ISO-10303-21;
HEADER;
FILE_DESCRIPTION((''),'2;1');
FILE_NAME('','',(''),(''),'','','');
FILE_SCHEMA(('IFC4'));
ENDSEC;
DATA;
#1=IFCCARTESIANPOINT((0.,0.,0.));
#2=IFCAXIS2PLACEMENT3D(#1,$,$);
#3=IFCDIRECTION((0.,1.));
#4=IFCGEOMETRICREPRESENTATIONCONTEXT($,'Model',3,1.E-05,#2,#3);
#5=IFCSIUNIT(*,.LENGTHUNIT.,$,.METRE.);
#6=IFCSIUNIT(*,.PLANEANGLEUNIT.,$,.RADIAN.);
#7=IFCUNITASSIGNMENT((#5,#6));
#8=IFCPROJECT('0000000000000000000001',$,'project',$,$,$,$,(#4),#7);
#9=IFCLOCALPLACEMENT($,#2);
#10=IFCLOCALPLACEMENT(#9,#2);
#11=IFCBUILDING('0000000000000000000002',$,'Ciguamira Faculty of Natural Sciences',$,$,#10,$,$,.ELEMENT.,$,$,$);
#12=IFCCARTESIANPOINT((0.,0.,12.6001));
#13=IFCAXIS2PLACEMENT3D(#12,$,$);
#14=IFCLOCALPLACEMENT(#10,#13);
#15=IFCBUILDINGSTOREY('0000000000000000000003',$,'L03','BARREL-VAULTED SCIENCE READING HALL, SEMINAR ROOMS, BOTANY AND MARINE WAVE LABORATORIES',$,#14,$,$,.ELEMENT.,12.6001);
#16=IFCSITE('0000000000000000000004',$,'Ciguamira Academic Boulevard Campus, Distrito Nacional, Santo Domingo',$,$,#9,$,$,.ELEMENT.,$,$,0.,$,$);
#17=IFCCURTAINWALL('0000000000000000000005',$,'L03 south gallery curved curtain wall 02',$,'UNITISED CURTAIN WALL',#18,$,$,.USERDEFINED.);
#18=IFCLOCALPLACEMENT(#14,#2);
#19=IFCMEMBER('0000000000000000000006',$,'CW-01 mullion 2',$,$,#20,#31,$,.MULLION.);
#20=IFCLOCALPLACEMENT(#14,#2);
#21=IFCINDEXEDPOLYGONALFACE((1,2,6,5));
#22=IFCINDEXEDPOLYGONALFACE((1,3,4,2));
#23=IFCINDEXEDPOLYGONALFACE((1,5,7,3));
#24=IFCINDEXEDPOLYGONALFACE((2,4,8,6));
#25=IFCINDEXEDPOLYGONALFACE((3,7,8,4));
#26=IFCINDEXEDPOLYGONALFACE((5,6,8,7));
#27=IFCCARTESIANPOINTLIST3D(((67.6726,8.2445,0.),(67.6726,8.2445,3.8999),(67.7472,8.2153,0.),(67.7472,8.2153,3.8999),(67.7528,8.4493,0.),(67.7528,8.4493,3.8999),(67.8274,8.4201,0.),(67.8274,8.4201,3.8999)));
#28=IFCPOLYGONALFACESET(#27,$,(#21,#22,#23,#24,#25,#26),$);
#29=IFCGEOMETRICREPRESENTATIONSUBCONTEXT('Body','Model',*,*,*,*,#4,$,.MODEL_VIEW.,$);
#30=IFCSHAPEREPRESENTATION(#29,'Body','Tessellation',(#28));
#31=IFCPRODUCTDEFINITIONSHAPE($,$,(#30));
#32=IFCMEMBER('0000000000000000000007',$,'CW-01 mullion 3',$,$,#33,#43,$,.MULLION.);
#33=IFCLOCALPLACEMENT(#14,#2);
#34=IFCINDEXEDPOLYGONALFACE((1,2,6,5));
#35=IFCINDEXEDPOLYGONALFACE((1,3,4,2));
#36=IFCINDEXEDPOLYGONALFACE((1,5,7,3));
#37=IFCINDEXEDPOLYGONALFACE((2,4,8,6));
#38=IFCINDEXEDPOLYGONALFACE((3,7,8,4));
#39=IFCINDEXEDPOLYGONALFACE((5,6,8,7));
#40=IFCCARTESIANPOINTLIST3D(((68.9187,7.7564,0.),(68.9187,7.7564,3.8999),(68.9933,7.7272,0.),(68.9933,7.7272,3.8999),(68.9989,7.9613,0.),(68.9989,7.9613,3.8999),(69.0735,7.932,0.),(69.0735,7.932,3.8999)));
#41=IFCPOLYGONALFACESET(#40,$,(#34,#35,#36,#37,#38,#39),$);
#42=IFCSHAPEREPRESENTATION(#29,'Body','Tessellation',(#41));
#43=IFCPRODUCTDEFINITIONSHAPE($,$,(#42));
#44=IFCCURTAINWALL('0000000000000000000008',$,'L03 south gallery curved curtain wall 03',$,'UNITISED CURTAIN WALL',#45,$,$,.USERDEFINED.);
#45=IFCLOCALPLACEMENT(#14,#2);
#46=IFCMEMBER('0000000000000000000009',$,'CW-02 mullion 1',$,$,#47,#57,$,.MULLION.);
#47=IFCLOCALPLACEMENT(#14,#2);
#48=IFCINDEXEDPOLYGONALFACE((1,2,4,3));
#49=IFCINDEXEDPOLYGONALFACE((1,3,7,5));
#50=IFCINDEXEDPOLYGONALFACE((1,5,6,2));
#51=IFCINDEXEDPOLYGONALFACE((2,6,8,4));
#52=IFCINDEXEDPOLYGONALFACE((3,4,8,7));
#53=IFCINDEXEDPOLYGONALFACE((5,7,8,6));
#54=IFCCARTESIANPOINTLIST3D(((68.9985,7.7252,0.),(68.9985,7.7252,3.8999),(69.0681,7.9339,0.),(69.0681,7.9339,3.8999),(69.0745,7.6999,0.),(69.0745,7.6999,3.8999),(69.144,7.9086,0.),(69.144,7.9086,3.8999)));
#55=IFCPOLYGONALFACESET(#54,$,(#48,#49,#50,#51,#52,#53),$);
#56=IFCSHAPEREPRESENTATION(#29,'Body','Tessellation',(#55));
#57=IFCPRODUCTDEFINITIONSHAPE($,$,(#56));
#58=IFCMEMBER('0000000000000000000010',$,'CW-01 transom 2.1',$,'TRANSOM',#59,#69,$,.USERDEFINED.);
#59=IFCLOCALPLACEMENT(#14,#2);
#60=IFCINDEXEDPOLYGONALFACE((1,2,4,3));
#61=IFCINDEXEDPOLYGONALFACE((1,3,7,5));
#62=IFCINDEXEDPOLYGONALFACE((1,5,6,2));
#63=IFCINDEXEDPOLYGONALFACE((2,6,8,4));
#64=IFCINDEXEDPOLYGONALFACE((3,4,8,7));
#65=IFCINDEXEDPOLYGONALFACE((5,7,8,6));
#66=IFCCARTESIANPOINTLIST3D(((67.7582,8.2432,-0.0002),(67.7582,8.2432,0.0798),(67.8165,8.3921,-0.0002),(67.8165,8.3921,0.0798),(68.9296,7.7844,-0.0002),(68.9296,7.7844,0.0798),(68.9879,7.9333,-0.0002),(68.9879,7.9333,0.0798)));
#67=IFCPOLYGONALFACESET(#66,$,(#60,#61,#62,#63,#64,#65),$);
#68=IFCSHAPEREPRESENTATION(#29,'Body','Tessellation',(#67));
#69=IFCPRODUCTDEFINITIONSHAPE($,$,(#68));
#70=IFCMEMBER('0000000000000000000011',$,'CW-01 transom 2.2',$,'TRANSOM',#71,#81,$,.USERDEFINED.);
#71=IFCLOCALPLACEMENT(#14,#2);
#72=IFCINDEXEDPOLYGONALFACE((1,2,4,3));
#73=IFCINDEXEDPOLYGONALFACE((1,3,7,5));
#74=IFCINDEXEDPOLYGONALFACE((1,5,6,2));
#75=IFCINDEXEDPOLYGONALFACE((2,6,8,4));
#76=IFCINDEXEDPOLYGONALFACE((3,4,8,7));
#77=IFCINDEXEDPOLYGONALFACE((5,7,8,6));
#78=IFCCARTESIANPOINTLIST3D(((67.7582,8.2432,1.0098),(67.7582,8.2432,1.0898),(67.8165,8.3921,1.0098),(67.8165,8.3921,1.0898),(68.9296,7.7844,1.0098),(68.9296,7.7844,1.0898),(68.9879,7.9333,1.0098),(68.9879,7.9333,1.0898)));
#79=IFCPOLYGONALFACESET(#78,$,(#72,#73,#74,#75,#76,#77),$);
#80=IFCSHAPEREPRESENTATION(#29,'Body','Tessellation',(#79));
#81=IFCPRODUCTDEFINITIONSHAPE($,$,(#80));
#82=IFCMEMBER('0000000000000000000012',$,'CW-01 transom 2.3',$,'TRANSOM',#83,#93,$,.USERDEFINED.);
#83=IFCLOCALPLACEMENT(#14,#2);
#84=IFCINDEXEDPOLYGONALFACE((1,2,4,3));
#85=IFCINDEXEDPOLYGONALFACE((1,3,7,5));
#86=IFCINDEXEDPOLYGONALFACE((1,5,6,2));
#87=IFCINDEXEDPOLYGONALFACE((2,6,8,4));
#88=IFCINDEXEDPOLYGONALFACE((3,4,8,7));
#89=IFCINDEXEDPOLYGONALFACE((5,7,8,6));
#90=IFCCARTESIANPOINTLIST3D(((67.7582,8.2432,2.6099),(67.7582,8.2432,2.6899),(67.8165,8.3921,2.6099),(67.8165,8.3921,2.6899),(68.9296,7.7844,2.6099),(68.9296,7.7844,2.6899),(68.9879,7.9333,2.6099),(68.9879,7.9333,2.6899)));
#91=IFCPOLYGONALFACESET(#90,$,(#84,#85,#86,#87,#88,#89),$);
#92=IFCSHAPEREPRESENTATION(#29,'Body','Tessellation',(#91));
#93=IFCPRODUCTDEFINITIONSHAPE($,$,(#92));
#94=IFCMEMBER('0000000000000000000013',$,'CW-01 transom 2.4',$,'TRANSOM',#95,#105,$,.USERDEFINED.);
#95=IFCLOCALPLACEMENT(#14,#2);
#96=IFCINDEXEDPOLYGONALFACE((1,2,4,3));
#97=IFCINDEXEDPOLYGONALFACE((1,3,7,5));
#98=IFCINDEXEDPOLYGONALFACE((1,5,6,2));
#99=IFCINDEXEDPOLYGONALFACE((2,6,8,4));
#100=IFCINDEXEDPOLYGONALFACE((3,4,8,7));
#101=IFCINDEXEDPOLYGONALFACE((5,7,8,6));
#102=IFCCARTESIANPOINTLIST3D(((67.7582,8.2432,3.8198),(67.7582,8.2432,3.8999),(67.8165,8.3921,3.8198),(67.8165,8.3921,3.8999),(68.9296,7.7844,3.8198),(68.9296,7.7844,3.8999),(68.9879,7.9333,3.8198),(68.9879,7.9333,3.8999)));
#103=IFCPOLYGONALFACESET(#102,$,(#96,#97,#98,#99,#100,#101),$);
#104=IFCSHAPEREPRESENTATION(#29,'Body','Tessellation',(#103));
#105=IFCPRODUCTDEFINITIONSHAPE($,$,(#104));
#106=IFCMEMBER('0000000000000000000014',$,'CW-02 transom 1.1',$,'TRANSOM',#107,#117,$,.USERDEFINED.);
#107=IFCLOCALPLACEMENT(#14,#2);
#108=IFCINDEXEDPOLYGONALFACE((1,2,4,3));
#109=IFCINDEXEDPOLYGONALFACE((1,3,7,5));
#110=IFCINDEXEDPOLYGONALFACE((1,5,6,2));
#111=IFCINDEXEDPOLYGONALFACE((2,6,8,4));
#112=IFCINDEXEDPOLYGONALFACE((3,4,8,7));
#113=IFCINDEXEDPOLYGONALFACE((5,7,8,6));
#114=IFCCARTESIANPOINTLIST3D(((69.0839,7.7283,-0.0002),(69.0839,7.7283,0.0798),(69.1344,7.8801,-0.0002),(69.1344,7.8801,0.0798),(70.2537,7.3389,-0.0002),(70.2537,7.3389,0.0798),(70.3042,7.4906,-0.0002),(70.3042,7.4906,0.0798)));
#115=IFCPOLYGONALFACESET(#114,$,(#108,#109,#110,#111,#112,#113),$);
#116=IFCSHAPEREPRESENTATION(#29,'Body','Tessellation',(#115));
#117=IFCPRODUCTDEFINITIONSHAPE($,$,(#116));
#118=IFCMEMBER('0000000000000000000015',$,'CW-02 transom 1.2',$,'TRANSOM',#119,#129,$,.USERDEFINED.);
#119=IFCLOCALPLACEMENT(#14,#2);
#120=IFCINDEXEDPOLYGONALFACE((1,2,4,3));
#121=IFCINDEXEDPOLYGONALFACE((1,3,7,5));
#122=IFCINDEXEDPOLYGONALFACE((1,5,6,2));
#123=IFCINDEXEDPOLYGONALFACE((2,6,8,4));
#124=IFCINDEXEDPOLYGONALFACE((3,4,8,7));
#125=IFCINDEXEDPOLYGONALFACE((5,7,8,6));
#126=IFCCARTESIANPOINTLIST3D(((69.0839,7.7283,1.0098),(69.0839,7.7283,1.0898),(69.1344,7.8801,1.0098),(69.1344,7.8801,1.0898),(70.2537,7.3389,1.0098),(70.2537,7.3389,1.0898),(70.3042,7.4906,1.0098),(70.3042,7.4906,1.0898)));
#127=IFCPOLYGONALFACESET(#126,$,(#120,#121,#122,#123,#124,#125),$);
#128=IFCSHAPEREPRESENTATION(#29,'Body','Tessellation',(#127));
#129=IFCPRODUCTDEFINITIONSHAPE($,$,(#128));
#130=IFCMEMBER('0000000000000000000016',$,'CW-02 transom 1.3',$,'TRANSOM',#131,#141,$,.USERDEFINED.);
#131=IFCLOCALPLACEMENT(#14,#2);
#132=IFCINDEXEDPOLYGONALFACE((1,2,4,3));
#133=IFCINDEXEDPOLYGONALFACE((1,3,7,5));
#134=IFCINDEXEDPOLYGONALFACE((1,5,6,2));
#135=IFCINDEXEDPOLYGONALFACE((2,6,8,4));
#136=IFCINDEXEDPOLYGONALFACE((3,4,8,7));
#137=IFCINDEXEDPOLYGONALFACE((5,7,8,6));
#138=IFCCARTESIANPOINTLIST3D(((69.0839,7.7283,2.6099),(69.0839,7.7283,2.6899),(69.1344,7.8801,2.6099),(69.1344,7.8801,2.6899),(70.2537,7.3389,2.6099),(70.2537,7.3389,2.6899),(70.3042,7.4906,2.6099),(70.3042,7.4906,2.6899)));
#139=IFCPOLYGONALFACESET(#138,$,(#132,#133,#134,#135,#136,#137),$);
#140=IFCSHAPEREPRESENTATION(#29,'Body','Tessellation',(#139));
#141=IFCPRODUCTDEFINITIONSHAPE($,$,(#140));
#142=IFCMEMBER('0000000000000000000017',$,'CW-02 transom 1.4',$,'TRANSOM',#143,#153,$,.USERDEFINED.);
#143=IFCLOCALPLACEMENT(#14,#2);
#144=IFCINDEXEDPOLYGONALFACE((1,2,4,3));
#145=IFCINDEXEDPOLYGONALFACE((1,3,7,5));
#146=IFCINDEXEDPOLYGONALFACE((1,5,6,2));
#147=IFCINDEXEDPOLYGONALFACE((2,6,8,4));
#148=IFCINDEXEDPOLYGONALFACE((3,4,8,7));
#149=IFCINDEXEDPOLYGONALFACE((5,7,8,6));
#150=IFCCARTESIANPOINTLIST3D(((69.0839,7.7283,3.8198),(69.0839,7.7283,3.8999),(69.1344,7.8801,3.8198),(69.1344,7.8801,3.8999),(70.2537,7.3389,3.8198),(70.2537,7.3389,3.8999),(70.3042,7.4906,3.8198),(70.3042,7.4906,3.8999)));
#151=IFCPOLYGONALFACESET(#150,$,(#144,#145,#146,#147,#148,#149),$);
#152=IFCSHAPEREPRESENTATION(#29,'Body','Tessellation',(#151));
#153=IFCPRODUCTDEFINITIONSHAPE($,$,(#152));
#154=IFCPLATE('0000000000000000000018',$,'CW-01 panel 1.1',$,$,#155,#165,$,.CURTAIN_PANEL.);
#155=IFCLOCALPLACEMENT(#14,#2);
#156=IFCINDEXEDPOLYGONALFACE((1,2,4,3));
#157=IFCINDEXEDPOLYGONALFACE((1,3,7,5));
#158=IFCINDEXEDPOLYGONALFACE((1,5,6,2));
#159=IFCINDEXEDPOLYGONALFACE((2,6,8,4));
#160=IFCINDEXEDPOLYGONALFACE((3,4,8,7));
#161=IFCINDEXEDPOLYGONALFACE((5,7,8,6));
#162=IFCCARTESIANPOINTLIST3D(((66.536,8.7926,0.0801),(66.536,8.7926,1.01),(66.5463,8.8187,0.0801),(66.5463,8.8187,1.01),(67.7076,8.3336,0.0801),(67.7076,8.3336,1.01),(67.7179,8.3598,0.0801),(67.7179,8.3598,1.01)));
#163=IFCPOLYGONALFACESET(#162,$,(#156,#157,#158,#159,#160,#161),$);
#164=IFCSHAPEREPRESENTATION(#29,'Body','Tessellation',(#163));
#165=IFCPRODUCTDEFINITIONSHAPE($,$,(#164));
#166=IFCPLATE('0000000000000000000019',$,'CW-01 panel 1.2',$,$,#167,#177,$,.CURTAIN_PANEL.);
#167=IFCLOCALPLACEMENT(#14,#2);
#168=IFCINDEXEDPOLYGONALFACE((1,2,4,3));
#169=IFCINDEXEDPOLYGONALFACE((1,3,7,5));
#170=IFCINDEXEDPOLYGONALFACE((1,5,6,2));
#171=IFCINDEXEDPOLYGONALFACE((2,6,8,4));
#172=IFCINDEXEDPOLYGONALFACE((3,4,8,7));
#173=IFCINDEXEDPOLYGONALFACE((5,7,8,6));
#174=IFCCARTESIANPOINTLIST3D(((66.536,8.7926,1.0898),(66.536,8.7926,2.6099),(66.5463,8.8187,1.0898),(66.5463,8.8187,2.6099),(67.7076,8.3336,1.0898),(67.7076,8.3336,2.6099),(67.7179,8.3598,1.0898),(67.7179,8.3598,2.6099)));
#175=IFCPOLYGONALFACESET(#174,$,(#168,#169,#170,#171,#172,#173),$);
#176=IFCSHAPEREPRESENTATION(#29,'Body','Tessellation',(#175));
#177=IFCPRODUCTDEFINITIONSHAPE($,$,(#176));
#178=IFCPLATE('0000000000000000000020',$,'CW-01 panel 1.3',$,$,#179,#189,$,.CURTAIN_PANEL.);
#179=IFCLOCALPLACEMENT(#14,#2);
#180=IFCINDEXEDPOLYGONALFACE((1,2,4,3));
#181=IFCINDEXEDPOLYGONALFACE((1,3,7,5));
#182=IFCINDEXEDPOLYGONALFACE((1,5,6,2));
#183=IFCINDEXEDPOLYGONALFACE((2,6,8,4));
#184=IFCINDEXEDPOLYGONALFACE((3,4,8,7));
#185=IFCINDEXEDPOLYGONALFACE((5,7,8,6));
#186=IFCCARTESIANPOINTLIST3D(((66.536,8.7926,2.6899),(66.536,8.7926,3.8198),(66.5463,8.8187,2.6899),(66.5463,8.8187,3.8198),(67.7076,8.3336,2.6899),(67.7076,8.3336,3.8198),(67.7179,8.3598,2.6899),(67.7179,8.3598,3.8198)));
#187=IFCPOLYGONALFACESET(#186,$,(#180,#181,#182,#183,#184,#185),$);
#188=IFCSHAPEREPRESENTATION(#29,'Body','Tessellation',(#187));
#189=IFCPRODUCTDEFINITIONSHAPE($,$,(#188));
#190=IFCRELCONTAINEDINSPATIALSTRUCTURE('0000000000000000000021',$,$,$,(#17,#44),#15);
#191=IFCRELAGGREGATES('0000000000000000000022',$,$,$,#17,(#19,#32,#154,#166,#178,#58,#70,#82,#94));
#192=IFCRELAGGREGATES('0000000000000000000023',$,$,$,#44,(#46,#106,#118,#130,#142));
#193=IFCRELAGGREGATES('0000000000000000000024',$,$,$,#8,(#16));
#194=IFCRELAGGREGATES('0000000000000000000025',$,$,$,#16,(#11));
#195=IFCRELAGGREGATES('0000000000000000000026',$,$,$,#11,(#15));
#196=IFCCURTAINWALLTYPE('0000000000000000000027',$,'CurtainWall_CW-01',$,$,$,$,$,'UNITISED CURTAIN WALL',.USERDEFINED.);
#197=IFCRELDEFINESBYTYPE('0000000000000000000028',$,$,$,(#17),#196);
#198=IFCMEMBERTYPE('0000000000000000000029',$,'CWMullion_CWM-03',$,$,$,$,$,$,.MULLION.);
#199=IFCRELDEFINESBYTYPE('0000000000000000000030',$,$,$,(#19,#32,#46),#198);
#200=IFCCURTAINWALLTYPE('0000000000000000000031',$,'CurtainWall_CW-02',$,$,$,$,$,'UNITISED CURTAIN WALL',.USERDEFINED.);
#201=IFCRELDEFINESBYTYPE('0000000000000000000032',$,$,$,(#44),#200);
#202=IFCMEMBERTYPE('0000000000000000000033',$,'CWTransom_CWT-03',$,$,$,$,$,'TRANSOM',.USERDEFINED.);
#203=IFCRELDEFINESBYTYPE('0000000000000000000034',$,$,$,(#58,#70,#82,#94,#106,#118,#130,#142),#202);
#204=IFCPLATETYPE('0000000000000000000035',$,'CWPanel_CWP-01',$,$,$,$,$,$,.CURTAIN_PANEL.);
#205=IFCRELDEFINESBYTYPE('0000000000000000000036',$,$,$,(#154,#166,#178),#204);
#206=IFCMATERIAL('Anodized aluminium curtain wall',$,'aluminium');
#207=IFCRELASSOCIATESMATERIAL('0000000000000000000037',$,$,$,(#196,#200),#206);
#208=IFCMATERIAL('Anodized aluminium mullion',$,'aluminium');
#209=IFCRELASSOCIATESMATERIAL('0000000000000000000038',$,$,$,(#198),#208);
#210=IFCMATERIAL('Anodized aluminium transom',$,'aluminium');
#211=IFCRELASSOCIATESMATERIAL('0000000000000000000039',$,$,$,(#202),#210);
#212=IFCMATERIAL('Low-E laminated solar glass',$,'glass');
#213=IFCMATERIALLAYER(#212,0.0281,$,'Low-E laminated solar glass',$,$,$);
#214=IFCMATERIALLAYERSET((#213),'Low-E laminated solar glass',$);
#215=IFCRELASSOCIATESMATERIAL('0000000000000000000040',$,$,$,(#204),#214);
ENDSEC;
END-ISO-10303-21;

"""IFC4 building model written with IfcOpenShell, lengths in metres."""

from ifc_helpers import new_model, si_unit, direction, frame, origin, origin_2d, place, context, subcontext, project, spatial, rectangle, extrude, material, layer, layer_set, material_profile, profile_set, type_object, element, aggregate, save


model = new_model("IFC4")

# Units and contexts
model_context = context("Model", 3, precision=1e-05, world=origin(), true_north=direction((0.0, 1.0)))
body_context = subcontext(model_context, "Body", "Model", "MODEL_VIEW")
ifc_project = project(units=[si_unit("LENGTHUNIT", "METRE"), si_unit("PLANEANGLEUNIT", "RADIAN")], contexts=[model_context])

# Site, building, storey
site_placement = place(None, origin())
site = spatial("IfcSite", under=ifc_project, at=site_placement, Name="Ciguamira Academic Boulevard Campus, Distrito Nacional, Santo Domingo", CompositionType="ELEMENT", RefElevation=0.0)
building_placement = place(site_placement, origin())
building = spatial("IfcBuilding", under=site, at=building_placement, Name="Ciguamira Faculty of Natural Sciences", CompositionType="ELEMENT")
storey_placement = place(building_placement, frame((0.0, 0.0, 12.6001)))
storey = spatial("IfcBuildingStorey", under=building, at=storey_placement, Name="L03", Description="BARREL-VAULTED SCIENCE READING HALL, SEMINAR ROOMS, BOTANY AND MARINE WAVE LABORATORIES", CompositionType="ELEMENT", Elevation=12.6001)

# Curtain wall, members
ifc_material_1 = material(Name="Anodized aluminium curtain wall", Category="aluminium")
curtain_wall_type_1 = type_object("IfcCurtainWallType", Name="CurtainWall_CW-01", ElementType="UNITISED CURTAIN WALL", PredefinedType="USERDEFINED", material=ifc_material_1)
curtain_wall_1_placement = place(storey_placement, origin())
curtain_wall_1 = element("IfcCurtainWall", 1, at=curtain_wall_1_placement, inside=storey, type_object=curtain_wall_type_1, Name="L03 south gallery curved curtain wall 02", ObjectType="UNITISED CURTAIN WALL", PredefinedType="USERDEFINED")
ifc_material_2 = material(Name="Anodized aluminium mullion", Category="aluminium")
ifc_material_profile_1 = material_profile(ifc_material_2, rectangle(XDim=0.0801, YDim=0.22, at=origin_2d()), Name="ALU-MUL-80X220")
ifc_profile_set_1 = profile_set([ifc_material_profile_1], Name="Anodized aluminium mullion")
member_type_1 = type_object("IfcMemberType", Name="CWMullion_CWM-03", PredefinedType="MULLION", material=ifc_profile_set_1)
member_1_placement = place(storey_placement, frame((67.75, 8.3323, 0.0), z_axis=(0.0, 0.0, 1.0), x_axis=(0.931122, -0.364707, 0.0)))
member_1 = element("IfcMember", 2, at=member_1_placement, type_object=member_type_1, Name="CW-01 mullion 2", PredefinedType="MULLION", context=body_context, shape_type="SweptSolid", body=[
    extrude(rectangle(XDim=0.0801, YDim=0.22, at=origin_2d()), origin(), (0.0, 0.0, 1.0), 3.8999),
])
member_2_placement = place(storey_placement, frame((68.9961, 7.8442, 0.0), z_axis=(0.0, 0.0, 1.0), x_axis=(0.931122, -0.364707, 0.0)))
member_2 = element("IfcMember", 3, at=member_2_placement, type_object=member_type_1, Name="CW-01 mullion 3", PredefinedType="MULLION", context=body_context, shape_type="SweptSolid", body=[
    extrude(rectangle(XDim=0.0801, YDim=0.22, at=origin_2d()), origin(), (0.0, 0.0, 1.0), 3.8999),
])

# Curtain wall, member
curtain_wall_type_2 = type_object("IfcCurtainWallType", Name="CurtainWall_CW-02", ElementType="UNITISED CURTAIN WALL", PredefinedType="USERDEFINED", material=ifc_material_1)
curtain_wall_2_placement = place(storey_placement, origin())
curtain_wall_2 = element("IfcCurtainWall", 4, at=curtain_wall_2_placement, inside=storey, type_object=curtain_wall_type_2, Name="L03 south gallery curved curtain wall 03", ObjectType="UNITISED CURTAIN WALL", PredefinedType="USERDEFINED")
member_3_placement = place(storey_placement, frame((69.0713, 7.8169, 0.0), z_axis=(0.0, 0.0, 1.0), x_axis=(0.948735, -0.316073, 0.0)))
member_3 = element("IfcMember", 5, at=member_3_placement, type_object=member_type_1, Name="CW-02 mullion 1", PredefinedType="MULLION", context=body_context, shape_type="SweptSolid", body=[
    extrude(rectangle(XDim=0.0801, YDim=0.22, at=origin_2d()), origin(), (0.0, 0.0, 1.0), 3.8999),
])

# Members
ifc_material_3 = material(Name="Anodized aluminium transom", Category="aluminium")
ifc_material_profile_2 = material_profile(ifc_material_3, rectangle(XDim=0.0801, YDim=0.1599, at=origin_2d()), Name="ALU-TRN-80X160")
ifc_profile_set_2 = profile_set([ifc_material_profile_2], Name="Anodized aluminium transom")
member_type_2 = type_object("IfcMemberType", Name="CWTransom_CWT-03", ElementType="TRANSOM", PredefinedType="USERDEFINED", material=ifc_profile_set_2)
member_4_placement = place(storey_placement, frame((67.7874, 8.3176, 0.0398), z_axis=(0.931143, -0.364655, 0.0), x_axis=(0.0, 0.0, 1.0)))
member_4 = element("IfcMember", 6, at=member_4_placement, type_object=member_type_2, Name="CW-01 transom 2.1", ObjectType="TRANSOM", PredefinedType="USERDEFINED", context=body_context, shape_type="SweptSolid", body=[
    extrude(rectangle(XDim=0.0801, YDim=0.1599, at=origin_2d()), origin(), (0.0, 0.0, 1.0), 1.2581),
])
member_5_placement = place(storey_placement, frame((67.7874, 8.3176, 1.0498), z_axis=(0.931143, -0.364655, 0.0), x_axis=(0.0, 0.0, 1.0)))
member_5 = element("IfcMember", 7, at=member_5_placement, type_object=member_type_2, Name="CW-01 transom 2.2", ObjectType="TRANSOM", PredefinedType="USERDEFINED", context=body_context, shape_type="SweptSolid", body=[
    extrude(rectangle(XDim=0.0801, YDim=0.1599, at=origin_2d()), origin(), (0.0, 0.0, 1.0), 1.2581),
])
member_6_placement = place(storey_placement, frame((67.7874, 8.3176, 2.6499), z_axis=(0.931143, -0.364655, 0.0), x_axis=(0.0, 0.0, 1.0)))
member_6 = element("IfcMember", 8, at=member_6_placement, type_object=member_type_2, Name="CW-01 transom 2.3", ObjectType="TRANSOM", PredefinedType="USERDEFINED", context=body_context, shape_type="SweptSolid", body=[
    extrude(rectangle(XDim=0.0801, YDim=0.1599, at=origin_2d()), origin(), (0.0, 0.0, 1.0), 1.2581),
])
member_7_placement = place(storey_placement, frame((67.7874, 8.3176, 3.8599), z_axis=(0.931143, -0.364655, 0.0), x_axis=(0.0, 0.0, 1.0)))
member_7 = element("IfcMember", 9, at=member_7_placement, type_object=member_type_2, Name="CW-01 transom 2.4", ObjectType="TRANSOM", PredefinedType="USERDEFINED", context=body_context, shape_type="SweptSolid", body=[
    extrude(rectangle(XDim=0.0801, YDim=0.1599, at=origin_2d()), origin(), (0.0, 0.0, 1.0), 1.2581),
])
member_8_placement = place(storey_placement, frame((69.1091, 7.8042, 0.0398), z_axis=(0.948802, -0.315871, 0.0), x_axis=(0.0, 0.0, 1.0)))
member_8 = element("IfcMember", 10, at=member_8_placement, type_object=member_type_2, Name="CW-02 transom 1.1", ObjectType="TRANSOM", PredefinedType="USERDEFINED", context=body_context, shape_type="SweptSolid", body=[
    extrude(rectangle(XDim=0.0801, YDim=0.1599, at=origin_2d()), origin(), (0.0, 0.0, 1.0), 1.2329),
])
member_9_placement = place(storey_placement, frame((69.1091, 7.8042, 1.0498), z_axis=(0.948802, -0.315871, 0.0), x_axis=(0.0, 0.0, 1.0)))
member_9 = element("IfcMember", 11, at=member_9_placement, type_object=member_type_2, Name="CW-02 transom 1.2", ObjectType="TRANSOM", PredefinedType="USERDEFINED", context=body_context, shape_type="SweptSolid", body=[
    extrude(rectangle(XDim=0.0801, YDim=0.1599, at=origin_2d()), origin(), (0.0, 0.0, 1.0), 1.2329),
])
member_10_placement = place(storey_placement, frame((69.1091, 7.8042, 2.6499), z_axis=(0.948802, -0.315871, 0.0), x_axis=(0.0, 0.0, 1.0)))
member_10 = element("IfcMember", 12, at=member_10_placement, type_object=member_type_2, Name="CW-02 transom 1.3", ObjectType="TRANSOM", PredefinedType="USERDEFINED", context=body_context, shape_type="SweptSolid", body=[
    extrude(rectangle(XDim=0.0801, YDim=0.1599, at=origin_2d()), origin(), (0.0, 0.0, 1.0), 1.2329),
])
member_11_placement = place(storey_placement, frame((69.1091, 7.8042, 3.8599), z_axis=(0.948802, -0.315871, 0.0), x_axis=(0.0, 0.0, 1.0)))
member_11 = element("IfcMember", 13, at=member_11_placement, type_object=member_type_2, Name="CW-02 transom 1.4", ObjectType="TRANSOM", PredefinedType="USERDEFINED", context=body_context, shape_type="SweptSolid", body=[
    extrude(rectangle(XDim=0.0801, YDim=0.1599, at=origin_2d()), origin(), (0.0, 0.0, 1.0), 1.2329),
])

# Plates
ifc_material_4 = material(Name="Low-E laminated solar glass", Category="glass")
ifc_layer_1 = layer(ifc_material_4, 0.0281, Name="Low-E laminated solar glass")
ifc_layer_set_1 = layer_set([ifc_layer_1], Name="Low-E laminated solar glass")
plate_type = type_object("IfcPlateType", Name="CWPanel_CWP-01", PredefinedType="CURTAIN_PANEL", material=ifc_layer_set_1)
plate_1_placement = place(storey_placement, frame((67.127, 8.5762, 0.0801), z_axis=(0.0, 0.0, 1.0), x_axis=(0.931122, -0.364707, 0.0)))
plate_1 = element("IfcPlate", 14, at=plate_1_placement, type_object=plate_type, Name="CW-01 panel 1.1", PredefinedType="CURTAIN_PANEL", context=body_context, shape_type="SweptSolid", body=[
    extrude(rectangle(XDim=1.2583, YDim=0.0281, at=origin_2d()), origin(), (0.0, 0.0, 1.0), 0.9299),
])
plate_2_placement = place(storey_placement, frame((67.127, 8.5762, 1.0898), z_axis=(0.0, 0.0, 1.0), x_axis=(0.931122, -0.364707, 0.0)))
plate_2 = element("IfcPlate", 15, at=plate_2_placement, type_object=plate_type, Name="CW-01 panel 1.2", PredefinedType="CURTAIN_PANEL", context=body_context, shape_type="SweptSolid", body=[
    extrude(rectangle(XDim=1.2583, YDim=0.0281, at=origin_2d()), origin(), (0.0, 0.0, 1.0), 1.52),
])
plate_3_placement = place(storey_placement, frame((67.127, 8.5762, 2.6899), z_axis=(0.0, 0.0, 1.0), x_axis=(0.931122, -0.364707, 0.0)))
plate_3 = element("IfcPlate", 16, at=plate_3_placement, type_object=plate_type, Name="CW-01 panel 1.3", PredefinedType="CURTAIN_PANEL", context=body_context, shape_type="SweptSolid", body=[
    extrude(rectangle(XDim=1.2583, YDim=0.0281, at=origin_2d()), origin(), (0.0, 0.0, 1.0), 1.1299),
])
aggregate(curtain_wall_1, [member_1, member_2, plate_1, plate_2, plate_3, member_4, member_5, member_6, member_7])
aggregate(curtain_wall_2, [member_3, member_8, member_9, member_10, member_11])

save(model, "model.ifc")
